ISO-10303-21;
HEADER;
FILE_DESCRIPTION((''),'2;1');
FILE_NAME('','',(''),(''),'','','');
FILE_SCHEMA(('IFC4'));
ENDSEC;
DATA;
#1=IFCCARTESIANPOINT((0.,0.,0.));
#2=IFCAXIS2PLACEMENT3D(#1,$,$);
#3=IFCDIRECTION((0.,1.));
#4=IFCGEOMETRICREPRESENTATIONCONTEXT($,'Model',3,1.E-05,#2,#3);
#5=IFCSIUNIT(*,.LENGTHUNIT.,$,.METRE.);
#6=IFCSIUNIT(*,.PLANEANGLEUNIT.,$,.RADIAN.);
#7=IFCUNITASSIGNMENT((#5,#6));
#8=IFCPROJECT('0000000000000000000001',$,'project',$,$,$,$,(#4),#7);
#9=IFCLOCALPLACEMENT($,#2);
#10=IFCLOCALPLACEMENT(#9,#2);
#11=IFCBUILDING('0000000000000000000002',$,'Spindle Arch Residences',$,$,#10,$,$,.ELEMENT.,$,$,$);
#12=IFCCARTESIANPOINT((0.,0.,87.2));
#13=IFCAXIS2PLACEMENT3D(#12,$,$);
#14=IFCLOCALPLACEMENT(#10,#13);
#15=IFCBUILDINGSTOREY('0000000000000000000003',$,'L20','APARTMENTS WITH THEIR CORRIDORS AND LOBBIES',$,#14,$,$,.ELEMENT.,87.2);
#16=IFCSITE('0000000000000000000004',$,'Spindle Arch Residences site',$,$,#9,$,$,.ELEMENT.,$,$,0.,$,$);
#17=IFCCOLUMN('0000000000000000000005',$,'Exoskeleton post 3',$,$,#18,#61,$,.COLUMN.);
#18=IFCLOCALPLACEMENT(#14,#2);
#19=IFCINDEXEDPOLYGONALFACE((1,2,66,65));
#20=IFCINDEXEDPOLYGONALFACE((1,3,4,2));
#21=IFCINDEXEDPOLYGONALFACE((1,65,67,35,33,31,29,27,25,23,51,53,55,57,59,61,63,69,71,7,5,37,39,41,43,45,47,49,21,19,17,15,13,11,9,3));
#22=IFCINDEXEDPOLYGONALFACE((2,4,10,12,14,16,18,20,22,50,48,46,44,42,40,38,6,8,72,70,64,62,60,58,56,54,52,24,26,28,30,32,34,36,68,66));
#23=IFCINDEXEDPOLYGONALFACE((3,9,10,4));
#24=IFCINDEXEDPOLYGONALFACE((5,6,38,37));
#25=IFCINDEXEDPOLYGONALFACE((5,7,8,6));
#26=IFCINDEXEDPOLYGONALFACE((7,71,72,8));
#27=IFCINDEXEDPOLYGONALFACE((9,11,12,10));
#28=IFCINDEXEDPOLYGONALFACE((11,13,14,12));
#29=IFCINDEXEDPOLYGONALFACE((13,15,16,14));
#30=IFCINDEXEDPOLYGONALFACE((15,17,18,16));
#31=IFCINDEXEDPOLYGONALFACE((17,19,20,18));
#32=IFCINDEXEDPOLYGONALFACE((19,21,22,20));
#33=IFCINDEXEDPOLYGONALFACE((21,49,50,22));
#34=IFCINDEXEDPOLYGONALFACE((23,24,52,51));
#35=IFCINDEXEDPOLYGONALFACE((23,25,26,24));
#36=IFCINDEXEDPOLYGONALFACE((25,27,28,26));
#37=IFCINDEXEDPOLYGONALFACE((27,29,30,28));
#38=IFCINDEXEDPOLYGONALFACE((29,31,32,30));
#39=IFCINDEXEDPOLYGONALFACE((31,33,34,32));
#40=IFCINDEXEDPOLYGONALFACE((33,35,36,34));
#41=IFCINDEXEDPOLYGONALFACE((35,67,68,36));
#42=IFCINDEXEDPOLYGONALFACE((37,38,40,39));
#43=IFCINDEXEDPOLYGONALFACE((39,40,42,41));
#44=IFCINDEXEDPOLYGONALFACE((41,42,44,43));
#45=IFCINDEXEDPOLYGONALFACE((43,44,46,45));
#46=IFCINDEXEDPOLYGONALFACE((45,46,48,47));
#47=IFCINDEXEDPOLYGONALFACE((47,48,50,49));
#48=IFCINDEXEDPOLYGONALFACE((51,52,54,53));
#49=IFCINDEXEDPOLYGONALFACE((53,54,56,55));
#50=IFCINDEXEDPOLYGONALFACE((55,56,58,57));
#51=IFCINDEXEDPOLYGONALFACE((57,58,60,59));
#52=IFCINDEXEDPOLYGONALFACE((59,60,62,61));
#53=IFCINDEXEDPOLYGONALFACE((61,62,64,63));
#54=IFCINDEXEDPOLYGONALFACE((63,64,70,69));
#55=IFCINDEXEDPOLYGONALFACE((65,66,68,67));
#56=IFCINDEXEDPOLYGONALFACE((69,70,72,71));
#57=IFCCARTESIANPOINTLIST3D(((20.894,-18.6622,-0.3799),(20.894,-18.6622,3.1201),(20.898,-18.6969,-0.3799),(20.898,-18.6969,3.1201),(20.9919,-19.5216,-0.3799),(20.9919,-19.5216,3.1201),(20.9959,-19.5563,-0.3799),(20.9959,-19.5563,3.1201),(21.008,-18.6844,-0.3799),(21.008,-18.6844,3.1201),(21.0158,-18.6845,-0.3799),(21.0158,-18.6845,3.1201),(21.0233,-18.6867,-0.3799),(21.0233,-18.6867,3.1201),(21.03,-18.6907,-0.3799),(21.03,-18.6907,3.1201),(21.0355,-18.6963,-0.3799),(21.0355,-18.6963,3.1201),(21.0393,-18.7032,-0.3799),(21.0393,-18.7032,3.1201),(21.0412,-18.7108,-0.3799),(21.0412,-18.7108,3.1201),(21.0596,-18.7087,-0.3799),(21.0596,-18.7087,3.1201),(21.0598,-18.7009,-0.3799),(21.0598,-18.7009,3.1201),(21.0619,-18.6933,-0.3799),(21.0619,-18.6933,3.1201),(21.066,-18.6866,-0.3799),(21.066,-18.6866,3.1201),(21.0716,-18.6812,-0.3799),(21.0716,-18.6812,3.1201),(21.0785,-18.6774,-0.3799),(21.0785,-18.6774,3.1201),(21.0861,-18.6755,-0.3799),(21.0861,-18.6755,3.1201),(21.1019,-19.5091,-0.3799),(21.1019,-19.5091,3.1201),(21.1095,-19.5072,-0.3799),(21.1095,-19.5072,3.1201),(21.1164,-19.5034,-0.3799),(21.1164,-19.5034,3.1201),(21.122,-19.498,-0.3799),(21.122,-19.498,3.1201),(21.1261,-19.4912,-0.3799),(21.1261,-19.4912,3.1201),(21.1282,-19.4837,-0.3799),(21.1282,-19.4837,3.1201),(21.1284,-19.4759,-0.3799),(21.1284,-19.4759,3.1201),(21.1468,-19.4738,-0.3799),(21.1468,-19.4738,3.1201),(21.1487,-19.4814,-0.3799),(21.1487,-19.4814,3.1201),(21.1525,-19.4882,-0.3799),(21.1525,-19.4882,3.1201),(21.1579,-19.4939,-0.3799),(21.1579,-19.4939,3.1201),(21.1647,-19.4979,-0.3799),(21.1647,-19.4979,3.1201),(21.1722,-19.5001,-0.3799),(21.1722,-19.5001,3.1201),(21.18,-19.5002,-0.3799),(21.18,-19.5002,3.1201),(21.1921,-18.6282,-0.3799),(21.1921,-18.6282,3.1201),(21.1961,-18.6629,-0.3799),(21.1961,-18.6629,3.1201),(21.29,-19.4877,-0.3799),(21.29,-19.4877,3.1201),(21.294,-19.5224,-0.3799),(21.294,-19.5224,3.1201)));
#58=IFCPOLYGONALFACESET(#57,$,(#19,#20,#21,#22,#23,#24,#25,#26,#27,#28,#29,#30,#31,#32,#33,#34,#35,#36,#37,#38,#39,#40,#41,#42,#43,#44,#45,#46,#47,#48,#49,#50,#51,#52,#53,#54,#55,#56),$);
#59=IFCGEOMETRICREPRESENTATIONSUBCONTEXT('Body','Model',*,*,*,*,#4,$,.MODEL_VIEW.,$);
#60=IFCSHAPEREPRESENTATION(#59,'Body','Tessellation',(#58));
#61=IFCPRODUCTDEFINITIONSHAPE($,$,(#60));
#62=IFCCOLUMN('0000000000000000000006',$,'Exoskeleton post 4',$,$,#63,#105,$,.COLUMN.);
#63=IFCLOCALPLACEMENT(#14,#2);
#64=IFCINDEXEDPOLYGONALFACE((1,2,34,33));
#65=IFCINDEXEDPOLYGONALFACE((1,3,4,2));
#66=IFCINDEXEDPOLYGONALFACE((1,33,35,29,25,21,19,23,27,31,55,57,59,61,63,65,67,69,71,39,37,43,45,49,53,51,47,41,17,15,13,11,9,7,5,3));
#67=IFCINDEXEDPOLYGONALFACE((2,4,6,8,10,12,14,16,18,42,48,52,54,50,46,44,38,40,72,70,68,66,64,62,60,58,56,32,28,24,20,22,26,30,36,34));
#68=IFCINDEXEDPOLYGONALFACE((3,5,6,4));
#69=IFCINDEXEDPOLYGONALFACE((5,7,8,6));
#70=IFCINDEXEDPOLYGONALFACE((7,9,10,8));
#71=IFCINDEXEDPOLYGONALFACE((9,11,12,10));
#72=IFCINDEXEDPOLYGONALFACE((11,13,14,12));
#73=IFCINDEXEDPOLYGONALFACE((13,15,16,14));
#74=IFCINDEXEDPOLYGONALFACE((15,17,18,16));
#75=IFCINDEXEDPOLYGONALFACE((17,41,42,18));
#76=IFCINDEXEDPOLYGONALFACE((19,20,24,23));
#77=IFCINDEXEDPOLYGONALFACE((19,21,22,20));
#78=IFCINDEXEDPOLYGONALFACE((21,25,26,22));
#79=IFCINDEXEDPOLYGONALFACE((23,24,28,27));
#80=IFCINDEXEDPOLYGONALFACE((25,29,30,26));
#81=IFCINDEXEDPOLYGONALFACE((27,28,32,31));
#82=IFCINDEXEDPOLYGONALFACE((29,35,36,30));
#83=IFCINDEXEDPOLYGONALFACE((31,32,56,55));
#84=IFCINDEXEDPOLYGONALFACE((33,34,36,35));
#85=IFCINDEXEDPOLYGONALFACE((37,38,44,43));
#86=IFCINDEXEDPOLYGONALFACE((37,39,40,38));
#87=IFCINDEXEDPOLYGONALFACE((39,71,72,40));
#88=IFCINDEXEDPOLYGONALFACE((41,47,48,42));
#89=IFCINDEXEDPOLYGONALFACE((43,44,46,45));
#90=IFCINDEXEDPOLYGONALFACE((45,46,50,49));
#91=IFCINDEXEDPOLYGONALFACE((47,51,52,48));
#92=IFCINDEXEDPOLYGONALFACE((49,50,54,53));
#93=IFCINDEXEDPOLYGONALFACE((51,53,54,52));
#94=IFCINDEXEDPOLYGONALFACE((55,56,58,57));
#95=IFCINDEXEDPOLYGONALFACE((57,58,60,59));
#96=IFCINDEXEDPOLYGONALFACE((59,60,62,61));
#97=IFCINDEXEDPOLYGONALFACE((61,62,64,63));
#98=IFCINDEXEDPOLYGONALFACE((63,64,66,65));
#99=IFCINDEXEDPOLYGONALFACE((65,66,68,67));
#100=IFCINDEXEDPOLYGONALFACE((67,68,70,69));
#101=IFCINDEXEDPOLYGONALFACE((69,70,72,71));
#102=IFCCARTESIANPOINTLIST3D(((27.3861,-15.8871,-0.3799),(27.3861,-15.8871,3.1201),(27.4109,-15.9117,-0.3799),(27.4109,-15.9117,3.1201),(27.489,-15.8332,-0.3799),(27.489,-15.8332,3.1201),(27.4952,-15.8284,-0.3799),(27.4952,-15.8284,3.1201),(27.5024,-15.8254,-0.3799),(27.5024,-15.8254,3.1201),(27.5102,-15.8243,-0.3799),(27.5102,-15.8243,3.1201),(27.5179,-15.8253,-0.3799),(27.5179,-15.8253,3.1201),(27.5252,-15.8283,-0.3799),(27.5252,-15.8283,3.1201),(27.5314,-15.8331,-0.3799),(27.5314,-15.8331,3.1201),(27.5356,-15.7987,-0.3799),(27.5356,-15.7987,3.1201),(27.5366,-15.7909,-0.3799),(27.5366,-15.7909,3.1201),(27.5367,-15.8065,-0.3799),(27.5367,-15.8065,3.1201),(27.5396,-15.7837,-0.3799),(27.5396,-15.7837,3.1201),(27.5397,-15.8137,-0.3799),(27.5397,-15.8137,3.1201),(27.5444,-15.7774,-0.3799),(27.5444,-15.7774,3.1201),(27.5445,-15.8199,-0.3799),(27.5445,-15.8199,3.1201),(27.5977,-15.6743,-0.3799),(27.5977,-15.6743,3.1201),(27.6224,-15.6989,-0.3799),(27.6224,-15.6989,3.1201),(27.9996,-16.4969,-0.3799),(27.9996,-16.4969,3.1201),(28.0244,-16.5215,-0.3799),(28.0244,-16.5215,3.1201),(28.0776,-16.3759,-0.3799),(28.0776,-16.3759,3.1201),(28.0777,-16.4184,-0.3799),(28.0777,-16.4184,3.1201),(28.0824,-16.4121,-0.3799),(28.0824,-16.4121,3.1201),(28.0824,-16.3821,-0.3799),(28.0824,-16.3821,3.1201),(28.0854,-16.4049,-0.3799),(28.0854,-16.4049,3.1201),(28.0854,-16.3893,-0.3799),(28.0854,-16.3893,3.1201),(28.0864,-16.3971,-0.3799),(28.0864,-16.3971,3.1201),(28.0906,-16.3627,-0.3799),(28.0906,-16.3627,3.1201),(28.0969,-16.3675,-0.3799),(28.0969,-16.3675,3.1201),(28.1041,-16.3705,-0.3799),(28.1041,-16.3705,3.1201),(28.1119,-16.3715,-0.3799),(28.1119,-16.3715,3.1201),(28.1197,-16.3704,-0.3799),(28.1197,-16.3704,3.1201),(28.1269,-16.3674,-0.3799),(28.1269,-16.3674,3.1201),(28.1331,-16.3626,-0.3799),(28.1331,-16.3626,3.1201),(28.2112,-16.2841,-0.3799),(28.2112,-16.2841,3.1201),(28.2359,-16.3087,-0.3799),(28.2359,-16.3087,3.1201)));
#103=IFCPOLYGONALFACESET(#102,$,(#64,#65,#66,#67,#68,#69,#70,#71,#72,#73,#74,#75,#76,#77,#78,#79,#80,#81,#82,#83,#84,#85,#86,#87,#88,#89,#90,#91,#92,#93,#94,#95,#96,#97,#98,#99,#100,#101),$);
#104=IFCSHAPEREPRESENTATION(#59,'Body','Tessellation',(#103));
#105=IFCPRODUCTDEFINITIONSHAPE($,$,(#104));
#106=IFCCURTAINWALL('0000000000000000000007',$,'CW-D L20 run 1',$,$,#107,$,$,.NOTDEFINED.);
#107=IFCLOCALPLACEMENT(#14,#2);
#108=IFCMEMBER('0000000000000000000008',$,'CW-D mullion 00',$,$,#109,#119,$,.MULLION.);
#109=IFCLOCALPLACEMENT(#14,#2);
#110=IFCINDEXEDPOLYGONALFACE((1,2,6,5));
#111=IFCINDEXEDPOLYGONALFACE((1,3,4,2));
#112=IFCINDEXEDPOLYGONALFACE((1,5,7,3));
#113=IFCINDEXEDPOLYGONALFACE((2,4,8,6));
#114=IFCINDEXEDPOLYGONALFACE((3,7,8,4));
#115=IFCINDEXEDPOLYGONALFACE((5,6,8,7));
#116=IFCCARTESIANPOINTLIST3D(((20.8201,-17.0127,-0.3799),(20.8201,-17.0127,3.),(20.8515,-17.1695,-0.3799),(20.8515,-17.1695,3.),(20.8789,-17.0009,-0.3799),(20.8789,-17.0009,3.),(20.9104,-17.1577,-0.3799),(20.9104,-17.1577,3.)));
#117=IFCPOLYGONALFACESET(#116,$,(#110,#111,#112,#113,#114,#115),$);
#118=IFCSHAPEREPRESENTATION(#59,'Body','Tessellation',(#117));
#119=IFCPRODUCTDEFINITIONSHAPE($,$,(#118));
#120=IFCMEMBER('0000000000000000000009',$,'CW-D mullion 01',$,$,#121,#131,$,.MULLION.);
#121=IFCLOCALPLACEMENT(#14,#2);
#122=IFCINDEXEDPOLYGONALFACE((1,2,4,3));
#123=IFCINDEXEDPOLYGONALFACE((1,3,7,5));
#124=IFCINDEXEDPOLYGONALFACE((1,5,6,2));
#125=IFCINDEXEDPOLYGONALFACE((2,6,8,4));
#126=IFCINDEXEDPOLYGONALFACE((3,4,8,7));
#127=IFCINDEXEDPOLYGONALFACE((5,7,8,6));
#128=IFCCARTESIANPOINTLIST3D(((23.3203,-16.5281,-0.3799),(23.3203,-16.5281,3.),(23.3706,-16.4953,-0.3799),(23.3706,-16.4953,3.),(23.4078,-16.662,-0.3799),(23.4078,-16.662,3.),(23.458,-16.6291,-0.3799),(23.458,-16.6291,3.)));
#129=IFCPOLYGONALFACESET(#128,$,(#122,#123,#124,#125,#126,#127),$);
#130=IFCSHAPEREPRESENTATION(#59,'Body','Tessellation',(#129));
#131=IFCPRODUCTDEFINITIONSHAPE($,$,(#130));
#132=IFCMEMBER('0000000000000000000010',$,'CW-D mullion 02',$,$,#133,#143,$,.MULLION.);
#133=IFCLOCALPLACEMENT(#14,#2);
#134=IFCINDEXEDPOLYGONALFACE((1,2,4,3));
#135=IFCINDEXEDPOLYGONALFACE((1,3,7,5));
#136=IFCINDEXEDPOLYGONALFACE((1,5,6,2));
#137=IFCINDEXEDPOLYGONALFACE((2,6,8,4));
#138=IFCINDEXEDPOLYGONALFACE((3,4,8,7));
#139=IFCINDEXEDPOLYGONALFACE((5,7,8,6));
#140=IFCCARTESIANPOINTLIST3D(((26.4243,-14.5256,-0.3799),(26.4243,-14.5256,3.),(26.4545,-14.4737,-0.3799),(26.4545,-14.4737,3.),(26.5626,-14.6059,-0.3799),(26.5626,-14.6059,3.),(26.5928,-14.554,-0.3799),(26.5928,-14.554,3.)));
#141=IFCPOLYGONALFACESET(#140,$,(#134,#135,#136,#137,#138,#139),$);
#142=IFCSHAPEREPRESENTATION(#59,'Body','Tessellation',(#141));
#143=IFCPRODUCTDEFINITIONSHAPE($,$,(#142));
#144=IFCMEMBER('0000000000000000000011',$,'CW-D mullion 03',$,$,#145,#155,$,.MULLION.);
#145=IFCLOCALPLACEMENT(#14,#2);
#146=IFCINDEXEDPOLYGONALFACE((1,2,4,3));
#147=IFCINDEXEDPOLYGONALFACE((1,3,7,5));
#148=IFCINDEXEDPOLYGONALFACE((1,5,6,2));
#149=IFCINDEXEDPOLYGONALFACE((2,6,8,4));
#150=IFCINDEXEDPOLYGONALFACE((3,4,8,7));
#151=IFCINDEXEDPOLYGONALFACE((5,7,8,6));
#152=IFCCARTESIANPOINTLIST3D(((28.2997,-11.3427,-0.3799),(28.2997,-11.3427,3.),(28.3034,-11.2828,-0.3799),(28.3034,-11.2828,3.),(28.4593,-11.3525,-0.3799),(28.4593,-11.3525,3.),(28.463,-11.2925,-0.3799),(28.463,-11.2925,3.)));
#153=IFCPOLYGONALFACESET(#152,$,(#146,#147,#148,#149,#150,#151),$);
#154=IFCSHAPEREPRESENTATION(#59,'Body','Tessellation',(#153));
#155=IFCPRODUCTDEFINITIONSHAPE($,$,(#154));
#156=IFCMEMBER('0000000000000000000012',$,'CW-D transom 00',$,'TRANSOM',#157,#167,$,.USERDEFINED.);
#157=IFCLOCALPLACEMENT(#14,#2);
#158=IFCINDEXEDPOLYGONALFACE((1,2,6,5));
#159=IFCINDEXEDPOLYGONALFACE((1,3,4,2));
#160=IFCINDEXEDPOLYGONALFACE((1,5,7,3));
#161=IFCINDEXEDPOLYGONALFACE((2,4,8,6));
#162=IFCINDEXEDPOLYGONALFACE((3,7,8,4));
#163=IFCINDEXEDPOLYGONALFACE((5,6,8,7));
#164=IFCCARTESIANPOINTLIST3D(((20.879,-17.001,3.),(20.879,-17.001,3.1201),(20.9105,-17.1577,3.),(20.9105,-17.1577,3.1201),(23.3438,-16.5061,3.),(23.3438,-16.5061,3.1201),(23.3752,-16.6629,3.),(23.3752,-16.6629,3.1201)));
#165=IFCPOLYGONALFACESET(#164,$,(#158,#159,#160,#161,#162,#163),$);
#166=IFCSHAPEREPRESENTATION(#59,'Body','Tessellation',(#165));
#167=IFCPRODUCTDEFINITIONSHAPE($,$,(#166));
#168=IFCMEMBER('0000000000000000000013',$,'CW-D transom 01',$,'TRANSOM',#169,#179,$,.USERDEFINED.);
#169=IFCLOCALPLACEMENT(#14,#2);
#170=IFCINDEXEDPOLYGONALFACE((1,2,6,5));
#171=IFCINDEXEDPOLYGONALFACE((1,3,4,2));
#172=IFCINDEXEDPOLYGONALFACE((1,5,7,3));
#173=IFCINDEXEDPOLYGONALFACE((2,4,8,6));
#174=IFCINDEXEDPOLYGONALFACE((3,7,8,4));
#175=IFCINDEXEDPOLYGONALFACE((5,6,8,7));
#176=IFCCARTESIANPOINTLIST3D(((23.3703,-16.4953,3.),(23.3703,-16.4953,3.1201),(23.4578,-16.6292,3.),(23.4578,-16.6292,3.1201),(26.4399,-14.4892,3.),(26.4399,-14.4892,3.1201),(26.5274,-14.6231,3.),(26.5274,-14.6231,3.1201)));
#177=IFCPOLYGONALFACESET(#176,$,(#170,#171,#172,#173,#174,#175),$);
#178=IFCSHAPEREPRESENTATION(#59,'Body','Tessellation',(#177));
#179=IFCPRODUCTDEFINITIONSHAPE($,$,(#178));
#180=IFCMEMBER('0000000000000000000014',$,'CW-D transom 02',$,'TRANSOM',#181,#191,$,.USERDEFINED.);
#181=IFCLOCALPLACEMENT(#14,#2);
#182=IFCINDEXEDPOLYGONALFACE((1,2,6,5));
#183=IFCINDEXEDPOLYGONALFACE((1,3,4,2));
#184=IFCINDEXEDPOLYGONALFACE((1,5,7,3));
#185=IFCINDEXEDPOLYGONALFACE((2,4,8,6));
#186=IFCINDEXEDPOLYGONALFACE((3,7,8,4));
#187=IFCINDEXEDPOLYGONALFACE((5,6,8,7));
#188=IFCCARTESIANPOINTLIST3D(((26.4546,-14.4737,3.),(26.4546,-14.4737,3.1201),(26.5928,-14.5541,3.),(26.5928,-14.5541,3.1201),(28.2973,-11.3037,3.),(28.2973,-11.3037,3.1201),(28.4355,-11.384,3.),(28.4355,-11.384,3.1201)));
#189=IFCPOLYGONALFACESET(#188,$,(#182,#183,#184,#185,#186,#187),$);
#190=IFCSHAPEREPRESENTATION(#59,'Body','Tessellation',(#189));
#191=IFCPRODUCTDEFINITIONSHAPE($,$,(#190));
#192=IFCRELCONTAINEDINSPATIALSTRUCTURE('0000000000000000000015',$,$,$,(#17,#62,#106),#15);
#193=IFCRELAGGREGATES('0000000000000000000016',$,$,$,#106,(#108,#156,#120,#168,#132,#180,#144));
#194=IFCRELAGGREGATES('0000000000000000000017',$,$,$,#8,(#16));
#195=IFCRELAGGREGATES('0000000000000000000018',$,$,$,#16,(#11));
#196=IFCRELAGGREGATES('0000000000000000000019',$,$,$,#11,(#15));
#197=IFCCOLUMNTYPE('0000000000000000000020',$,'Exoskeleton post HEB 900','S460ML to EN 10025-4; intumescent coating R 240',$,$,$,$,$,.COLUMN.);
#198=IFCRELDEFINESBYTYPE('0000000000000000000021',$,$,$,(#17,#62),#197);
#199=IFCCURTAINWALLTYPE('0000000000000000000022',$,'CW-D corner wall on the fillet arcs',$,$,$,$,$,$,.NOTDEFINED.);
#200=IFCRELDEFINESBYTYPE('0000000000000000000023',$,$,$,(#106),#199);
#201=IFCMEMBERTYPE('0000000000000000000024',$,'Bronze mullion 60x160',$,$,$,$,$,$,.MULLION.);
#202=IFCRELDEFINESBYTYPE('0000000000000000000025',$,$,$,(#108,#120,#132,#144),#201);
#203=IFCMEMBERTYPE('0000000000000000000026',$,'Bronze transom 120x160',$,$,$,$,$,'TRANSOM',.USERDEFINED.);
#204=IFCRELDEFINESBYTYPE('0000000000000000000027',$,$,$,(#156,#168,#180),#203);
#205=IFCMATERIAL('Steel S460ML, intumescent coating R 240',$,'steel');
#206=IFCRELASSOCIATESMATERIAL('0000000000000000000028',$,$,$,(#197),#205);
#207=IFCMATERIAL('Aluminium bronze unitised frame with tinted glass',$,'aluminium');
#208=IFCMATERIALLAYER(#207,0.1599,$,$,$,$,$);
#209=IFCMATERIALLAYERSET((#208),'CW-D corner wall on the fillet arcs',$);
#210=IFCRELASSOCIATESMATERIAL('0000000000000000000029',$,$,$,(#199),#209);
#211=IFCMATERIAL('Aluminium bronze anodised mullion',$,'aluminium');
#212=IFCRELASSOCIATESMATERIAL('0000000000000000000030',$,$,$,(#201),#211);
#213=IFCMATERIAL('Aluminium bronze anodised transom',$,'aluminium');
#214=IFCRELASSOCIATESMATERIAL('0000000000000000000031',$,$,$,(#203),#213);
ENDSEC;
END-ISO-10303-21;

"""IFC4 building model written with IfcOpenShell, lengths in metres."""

from ifc_helpers import new_model, si_unit, direction, frame, origin, origin_2d, place, context, subcontext, project, spatial, rectangle, i_section, extrude, material, layer, layer_set, material_profile, profile_set, type_object, element, aggregate, save


model = new_model("IFC4")

# Units and contexts
model_context = context("Model", 3, precision=1e-05, world=origin(), true_north=direction((0.0, 1.0)))
body_context = subcontext(model_context, "Body", "Model", "MODEL_VIEW")
ifc_project = project(units=[si_unit("LENGTHUNIT", "METRE"), si_unit("PLANEANGLEUNIT", "RADIAN")], contexts=[model_context])

# Site, building, storey
site_placement = place(None, origin())
site = spatial("IfcSite", under=ifc_project, at=site_placement, Name="Spindle Arch Residences site", CompositionType="ELEMENT", RefElevation=0.0)
building_placement = place(site_placement, origin())
building = spatial("IfcBuilding", under=site, at=building_placement, Name="Spindle Arch Residences", CompositionType="ELEMENT")
storey_placement = place(building_placement, frame((0.0, 0.0, 87.2)))
storey = spatial("IfcBuildingStorey", under=building, at=storey_placement, Name="L20", Description="APARTMENTS WITH THEIR CORRIDORS AND LOBBIES", CompositionType="ELEMENT", Elevation=87.2)

# Columns
ifc_material_1 = material(Name="Steel S460ML, intumescent coating R 240", Category="steel")
ifc_material_profile_1 = material_profile(ifc_material_1, i_section(OverallWidth=0.3, OverallDepth=0.8999, WebThickness=0.0186, FlangeThickness=0.0349, FilletRadius=0.03, at=origin_2d()), Name="HEB 900")
ifc_profile_set_1 = profile_set([ifc_material_profile_1], Name="Steel S460ML, intumescent coating R 240")
column_type = type_object("IfcColumnType", Name="Exoskeleton post HEB 900", Description="S460ML to EN 10025-4; intumescent coating R 240", PredefinedType="COLUMN", material=ifc_profile_set_1)
for number, where, z_axis, x_axis, name in (
    (1, (21.094, -19.0923, -0.3799), (0.0, 0.0, 1.0), (-0.993572, -0.113203, 0.0), "Exoskeleton post 3"),
    (2, (27.811, -16.0979, -0.3799), (0.0, 0.0, 1.0), (-0.704963, -0.709244, 0.0), "Exoskeleton post 4"),
):
    element("IfcColumn", number, at=place(storey_placement, frame(where, z_axis=z_axis, x_axis=x_axis)), inside=storey, type_object=column_type, Name=name, PredefinedType="COLUMN", context=body_context, shape_type="SweptSolid", body=[
        extrude(i_section(OverallWidth=0.3, OverallDepth=0.8999, WebThickness=0.0186, FlangeThickness=0.0349, FilletRadius=0.03, at=origin_2d()), origin(), (0.0, 0.0, 1.0), 3.5),
    ])

# Curtain wall, members
ifc_material_2 = material(Name="Aluminium bronze unitised frame with tinted glass", Category="aluminium")
ifc_layer_1 = layer(ifc_material_2, 0.1599)
ifc_layer_set_1 = layer_set([ifc_layer_1], Name="CW-D corner wall on the fillet arcs")
curtain_wall_type_1 = type_object("IfcCurtainWallType", Name="CW-D corner wall on the fillet arcs", PredefinedType="NOTDEFINED", material=ifc_layer_set_1)
curtain_wall_1_placement = place(storey_placement, origin())
curtain_wall_1 = element("IfcCurtainWall", 3, at=curtain_wall_1_placement, inside=storey, type_object=curtain_wall_type_1, Name="CW-D L20 run 1", PredefinedType="NOTDEFINED")
ifc_material_3 = material(Name="Aluminium bronze anodised mullion", Category="aluminium")
ifc_material_profile_2 = material_profile(ifc_material_3, rectangle(XDim=0.1599, YDim=0.0601, at=origin_2d()), Name="MU 60x160")
ifc_profile_set_2 = profile_set([ifc_material_profile_2], Name="Aluminium bronze anodised mullion")
member_type_1 = type_object("IfcMemberType", Name="Bronze mullion 60x160", PredefinedType="MULLION", material=ifc_profile_set_2)
member_1_placement = place(storey_placement, frame((20.8652, -17.0852, -0.3799), z_axis=(0.0, 0.0, 1.0), x_axis=(-0.196863, 0.980431, 0.0)))
member_1 = element("IfcMember", 4, at=member_1_placement, type_object=member_type_1, Name="CW-D mullion 00", PredefinedType="MULLION", context=body_context, shape_type="SweptSolid", body=[
    extrude(rectangle(XDim=0.1599, YDim=0.0601, at=origin_2d()), origin(), (0.0, 0.0, 1.0), 3.3799),
])
member_2_placement = place(storey_placement, frame((23.3892, -16.5786, -0.3799), z_axis=(0.0, 0.0, 1.0), x_axis=(-0.547076, 0.837083, 0.0)))
member_2 = element("IfcMember", 5, at=member_2_placement, type_object=member_type_1, Name="CW-D mullion 01", PredefinedType="MULLION", context=body_context, shape_type="SweptSolid", body=[
    extrude(rectangle(XDim=0.1599, YDim=0.0601, at=origin_2d()), origin(), (0.0, 0.0, 1.0), 3.3799),
])
member_3_placement = place(storey_placement, frame((26.5085, -14.5398, -0.3799), z_axis=(0.0, 0.0, 1.0), x_axis=(-0.864567, 0.502517, 0.0)))
member_3 = element("IfcMember", 6, at=member_3_placement, type_object=member_type_1, Name="CW-D mullion 02", PredefinedType="MULLION", context=body_context, shape_type="SweptSolid", body=[
    extrude(rectangle(XDim=0.1599, YDim=0.0601, at=origin_2d()), origin(), (0.0, 0.0, 1.0), 3.3799),
])
member_4_placement = place(storey_placement, frame((28.3813, -11.3176, -0.3799), z_axis=(0.0, 0.0, 1.0), x_axis=(-0.998135, 0.061049, 0.0)))
member_4 = element("IfcMember", 7, at=member_4_placement, type_object=member_type_1, Name="CW-D mullion 03", PredefinedType="MULLION", context=body_context, shape_type="SweptSolid", body=[
    extrude(rectangle(XDim=0.1599, YDim=0.0601, at=origin_2d()), origin(), (0.0, 0.0, 1.0), 3.3799),
])
ifc_material_4 = material(Name="Aluminium bronze anodised transom", Category="aluminium")
ifc_material_profile_3 = material_profile(ifc_material_4, rectangle(XDim=0.1599, YDim=0.1201, at=origin_2d()), Name="TR 120x160")
ifc_profile_set_3 = profile_set([ifc_material_profile_3], Name="Aluminium bronze anodised transom")
member_type_2 = type_object("IfcMemberType", Name="Bronze transom 120x160", ElementType="TRANSOM", PredefinedType="USERDEFINED", material=ifc_profile_set_3)
member_5_placement = place(storey_placement, frame((20.8948, -17.0793, 3.0601), z_axis=(0.980435, 0.196844, 0.0), x_axis=(-0.196844, 0.980435, 0.0)))
member_5 = element("IfcMember", 8, at=member_5_placement, type_object=member_type_2, Name="CW-D transom 00", ObjectType="TRANSOM", PredefinedType="USERDEFINED", context=body_context, shape_type="SweptSolid", body=[
    extrude(rectangle(XDim=0.1599, YDim=0.1201, at=origin_2d()), origin(), (0.0, 0.0, 1.0), 2.5139),
])
member_6_placement = place(storey_placement, frame((23.4141, -16.5623, 3.0601), z_axis=(0.837086, 0.547072, 0.0), x_axis=(-0.547072, 0.837086, 0.0)))
member_6 = element("IfcMember", 9, at=member_6_placement, type_object=member_type_2, Name="CW-D transom 01", ObjectType="TRANSOM", PredefinedType="USERDEFINED", context=body_context, shape_type="SweptSolid", body=[
    extrude(rectangle(XDim=0.1599, YDim=0.1201, at=origin_2d()), origin(), (0.0, 0.0, 1.0), 3.667),
])
member_7_placement = place(storey_placement, frame((26.5237, -14.5139, 3.0601), z_axis=(0.50255, 0.864548, 0.0), x_axis=(-0.864548, 0.50255, 0.0)))
member_7 = element("IfcMember", 10, at=member_7_placement, type_object=member_type_2, Name="CW-D transom 02", ObjectType="TRANSOM", PredefinedType="USERDEFINED", context=body_context, shape_type="SweptSolid", body=[
    extrude(rectangle(XDim=0.1599, YDim=0.1201, at=origin_2d()), origin(), (0.0, 0.0, 1.0), 3.6667),
])

aggregate(curtain_wall_1, [member_1, member_5, member_2, member_6, member_3, member_7, member_4])

save(model, "model.ifc")
